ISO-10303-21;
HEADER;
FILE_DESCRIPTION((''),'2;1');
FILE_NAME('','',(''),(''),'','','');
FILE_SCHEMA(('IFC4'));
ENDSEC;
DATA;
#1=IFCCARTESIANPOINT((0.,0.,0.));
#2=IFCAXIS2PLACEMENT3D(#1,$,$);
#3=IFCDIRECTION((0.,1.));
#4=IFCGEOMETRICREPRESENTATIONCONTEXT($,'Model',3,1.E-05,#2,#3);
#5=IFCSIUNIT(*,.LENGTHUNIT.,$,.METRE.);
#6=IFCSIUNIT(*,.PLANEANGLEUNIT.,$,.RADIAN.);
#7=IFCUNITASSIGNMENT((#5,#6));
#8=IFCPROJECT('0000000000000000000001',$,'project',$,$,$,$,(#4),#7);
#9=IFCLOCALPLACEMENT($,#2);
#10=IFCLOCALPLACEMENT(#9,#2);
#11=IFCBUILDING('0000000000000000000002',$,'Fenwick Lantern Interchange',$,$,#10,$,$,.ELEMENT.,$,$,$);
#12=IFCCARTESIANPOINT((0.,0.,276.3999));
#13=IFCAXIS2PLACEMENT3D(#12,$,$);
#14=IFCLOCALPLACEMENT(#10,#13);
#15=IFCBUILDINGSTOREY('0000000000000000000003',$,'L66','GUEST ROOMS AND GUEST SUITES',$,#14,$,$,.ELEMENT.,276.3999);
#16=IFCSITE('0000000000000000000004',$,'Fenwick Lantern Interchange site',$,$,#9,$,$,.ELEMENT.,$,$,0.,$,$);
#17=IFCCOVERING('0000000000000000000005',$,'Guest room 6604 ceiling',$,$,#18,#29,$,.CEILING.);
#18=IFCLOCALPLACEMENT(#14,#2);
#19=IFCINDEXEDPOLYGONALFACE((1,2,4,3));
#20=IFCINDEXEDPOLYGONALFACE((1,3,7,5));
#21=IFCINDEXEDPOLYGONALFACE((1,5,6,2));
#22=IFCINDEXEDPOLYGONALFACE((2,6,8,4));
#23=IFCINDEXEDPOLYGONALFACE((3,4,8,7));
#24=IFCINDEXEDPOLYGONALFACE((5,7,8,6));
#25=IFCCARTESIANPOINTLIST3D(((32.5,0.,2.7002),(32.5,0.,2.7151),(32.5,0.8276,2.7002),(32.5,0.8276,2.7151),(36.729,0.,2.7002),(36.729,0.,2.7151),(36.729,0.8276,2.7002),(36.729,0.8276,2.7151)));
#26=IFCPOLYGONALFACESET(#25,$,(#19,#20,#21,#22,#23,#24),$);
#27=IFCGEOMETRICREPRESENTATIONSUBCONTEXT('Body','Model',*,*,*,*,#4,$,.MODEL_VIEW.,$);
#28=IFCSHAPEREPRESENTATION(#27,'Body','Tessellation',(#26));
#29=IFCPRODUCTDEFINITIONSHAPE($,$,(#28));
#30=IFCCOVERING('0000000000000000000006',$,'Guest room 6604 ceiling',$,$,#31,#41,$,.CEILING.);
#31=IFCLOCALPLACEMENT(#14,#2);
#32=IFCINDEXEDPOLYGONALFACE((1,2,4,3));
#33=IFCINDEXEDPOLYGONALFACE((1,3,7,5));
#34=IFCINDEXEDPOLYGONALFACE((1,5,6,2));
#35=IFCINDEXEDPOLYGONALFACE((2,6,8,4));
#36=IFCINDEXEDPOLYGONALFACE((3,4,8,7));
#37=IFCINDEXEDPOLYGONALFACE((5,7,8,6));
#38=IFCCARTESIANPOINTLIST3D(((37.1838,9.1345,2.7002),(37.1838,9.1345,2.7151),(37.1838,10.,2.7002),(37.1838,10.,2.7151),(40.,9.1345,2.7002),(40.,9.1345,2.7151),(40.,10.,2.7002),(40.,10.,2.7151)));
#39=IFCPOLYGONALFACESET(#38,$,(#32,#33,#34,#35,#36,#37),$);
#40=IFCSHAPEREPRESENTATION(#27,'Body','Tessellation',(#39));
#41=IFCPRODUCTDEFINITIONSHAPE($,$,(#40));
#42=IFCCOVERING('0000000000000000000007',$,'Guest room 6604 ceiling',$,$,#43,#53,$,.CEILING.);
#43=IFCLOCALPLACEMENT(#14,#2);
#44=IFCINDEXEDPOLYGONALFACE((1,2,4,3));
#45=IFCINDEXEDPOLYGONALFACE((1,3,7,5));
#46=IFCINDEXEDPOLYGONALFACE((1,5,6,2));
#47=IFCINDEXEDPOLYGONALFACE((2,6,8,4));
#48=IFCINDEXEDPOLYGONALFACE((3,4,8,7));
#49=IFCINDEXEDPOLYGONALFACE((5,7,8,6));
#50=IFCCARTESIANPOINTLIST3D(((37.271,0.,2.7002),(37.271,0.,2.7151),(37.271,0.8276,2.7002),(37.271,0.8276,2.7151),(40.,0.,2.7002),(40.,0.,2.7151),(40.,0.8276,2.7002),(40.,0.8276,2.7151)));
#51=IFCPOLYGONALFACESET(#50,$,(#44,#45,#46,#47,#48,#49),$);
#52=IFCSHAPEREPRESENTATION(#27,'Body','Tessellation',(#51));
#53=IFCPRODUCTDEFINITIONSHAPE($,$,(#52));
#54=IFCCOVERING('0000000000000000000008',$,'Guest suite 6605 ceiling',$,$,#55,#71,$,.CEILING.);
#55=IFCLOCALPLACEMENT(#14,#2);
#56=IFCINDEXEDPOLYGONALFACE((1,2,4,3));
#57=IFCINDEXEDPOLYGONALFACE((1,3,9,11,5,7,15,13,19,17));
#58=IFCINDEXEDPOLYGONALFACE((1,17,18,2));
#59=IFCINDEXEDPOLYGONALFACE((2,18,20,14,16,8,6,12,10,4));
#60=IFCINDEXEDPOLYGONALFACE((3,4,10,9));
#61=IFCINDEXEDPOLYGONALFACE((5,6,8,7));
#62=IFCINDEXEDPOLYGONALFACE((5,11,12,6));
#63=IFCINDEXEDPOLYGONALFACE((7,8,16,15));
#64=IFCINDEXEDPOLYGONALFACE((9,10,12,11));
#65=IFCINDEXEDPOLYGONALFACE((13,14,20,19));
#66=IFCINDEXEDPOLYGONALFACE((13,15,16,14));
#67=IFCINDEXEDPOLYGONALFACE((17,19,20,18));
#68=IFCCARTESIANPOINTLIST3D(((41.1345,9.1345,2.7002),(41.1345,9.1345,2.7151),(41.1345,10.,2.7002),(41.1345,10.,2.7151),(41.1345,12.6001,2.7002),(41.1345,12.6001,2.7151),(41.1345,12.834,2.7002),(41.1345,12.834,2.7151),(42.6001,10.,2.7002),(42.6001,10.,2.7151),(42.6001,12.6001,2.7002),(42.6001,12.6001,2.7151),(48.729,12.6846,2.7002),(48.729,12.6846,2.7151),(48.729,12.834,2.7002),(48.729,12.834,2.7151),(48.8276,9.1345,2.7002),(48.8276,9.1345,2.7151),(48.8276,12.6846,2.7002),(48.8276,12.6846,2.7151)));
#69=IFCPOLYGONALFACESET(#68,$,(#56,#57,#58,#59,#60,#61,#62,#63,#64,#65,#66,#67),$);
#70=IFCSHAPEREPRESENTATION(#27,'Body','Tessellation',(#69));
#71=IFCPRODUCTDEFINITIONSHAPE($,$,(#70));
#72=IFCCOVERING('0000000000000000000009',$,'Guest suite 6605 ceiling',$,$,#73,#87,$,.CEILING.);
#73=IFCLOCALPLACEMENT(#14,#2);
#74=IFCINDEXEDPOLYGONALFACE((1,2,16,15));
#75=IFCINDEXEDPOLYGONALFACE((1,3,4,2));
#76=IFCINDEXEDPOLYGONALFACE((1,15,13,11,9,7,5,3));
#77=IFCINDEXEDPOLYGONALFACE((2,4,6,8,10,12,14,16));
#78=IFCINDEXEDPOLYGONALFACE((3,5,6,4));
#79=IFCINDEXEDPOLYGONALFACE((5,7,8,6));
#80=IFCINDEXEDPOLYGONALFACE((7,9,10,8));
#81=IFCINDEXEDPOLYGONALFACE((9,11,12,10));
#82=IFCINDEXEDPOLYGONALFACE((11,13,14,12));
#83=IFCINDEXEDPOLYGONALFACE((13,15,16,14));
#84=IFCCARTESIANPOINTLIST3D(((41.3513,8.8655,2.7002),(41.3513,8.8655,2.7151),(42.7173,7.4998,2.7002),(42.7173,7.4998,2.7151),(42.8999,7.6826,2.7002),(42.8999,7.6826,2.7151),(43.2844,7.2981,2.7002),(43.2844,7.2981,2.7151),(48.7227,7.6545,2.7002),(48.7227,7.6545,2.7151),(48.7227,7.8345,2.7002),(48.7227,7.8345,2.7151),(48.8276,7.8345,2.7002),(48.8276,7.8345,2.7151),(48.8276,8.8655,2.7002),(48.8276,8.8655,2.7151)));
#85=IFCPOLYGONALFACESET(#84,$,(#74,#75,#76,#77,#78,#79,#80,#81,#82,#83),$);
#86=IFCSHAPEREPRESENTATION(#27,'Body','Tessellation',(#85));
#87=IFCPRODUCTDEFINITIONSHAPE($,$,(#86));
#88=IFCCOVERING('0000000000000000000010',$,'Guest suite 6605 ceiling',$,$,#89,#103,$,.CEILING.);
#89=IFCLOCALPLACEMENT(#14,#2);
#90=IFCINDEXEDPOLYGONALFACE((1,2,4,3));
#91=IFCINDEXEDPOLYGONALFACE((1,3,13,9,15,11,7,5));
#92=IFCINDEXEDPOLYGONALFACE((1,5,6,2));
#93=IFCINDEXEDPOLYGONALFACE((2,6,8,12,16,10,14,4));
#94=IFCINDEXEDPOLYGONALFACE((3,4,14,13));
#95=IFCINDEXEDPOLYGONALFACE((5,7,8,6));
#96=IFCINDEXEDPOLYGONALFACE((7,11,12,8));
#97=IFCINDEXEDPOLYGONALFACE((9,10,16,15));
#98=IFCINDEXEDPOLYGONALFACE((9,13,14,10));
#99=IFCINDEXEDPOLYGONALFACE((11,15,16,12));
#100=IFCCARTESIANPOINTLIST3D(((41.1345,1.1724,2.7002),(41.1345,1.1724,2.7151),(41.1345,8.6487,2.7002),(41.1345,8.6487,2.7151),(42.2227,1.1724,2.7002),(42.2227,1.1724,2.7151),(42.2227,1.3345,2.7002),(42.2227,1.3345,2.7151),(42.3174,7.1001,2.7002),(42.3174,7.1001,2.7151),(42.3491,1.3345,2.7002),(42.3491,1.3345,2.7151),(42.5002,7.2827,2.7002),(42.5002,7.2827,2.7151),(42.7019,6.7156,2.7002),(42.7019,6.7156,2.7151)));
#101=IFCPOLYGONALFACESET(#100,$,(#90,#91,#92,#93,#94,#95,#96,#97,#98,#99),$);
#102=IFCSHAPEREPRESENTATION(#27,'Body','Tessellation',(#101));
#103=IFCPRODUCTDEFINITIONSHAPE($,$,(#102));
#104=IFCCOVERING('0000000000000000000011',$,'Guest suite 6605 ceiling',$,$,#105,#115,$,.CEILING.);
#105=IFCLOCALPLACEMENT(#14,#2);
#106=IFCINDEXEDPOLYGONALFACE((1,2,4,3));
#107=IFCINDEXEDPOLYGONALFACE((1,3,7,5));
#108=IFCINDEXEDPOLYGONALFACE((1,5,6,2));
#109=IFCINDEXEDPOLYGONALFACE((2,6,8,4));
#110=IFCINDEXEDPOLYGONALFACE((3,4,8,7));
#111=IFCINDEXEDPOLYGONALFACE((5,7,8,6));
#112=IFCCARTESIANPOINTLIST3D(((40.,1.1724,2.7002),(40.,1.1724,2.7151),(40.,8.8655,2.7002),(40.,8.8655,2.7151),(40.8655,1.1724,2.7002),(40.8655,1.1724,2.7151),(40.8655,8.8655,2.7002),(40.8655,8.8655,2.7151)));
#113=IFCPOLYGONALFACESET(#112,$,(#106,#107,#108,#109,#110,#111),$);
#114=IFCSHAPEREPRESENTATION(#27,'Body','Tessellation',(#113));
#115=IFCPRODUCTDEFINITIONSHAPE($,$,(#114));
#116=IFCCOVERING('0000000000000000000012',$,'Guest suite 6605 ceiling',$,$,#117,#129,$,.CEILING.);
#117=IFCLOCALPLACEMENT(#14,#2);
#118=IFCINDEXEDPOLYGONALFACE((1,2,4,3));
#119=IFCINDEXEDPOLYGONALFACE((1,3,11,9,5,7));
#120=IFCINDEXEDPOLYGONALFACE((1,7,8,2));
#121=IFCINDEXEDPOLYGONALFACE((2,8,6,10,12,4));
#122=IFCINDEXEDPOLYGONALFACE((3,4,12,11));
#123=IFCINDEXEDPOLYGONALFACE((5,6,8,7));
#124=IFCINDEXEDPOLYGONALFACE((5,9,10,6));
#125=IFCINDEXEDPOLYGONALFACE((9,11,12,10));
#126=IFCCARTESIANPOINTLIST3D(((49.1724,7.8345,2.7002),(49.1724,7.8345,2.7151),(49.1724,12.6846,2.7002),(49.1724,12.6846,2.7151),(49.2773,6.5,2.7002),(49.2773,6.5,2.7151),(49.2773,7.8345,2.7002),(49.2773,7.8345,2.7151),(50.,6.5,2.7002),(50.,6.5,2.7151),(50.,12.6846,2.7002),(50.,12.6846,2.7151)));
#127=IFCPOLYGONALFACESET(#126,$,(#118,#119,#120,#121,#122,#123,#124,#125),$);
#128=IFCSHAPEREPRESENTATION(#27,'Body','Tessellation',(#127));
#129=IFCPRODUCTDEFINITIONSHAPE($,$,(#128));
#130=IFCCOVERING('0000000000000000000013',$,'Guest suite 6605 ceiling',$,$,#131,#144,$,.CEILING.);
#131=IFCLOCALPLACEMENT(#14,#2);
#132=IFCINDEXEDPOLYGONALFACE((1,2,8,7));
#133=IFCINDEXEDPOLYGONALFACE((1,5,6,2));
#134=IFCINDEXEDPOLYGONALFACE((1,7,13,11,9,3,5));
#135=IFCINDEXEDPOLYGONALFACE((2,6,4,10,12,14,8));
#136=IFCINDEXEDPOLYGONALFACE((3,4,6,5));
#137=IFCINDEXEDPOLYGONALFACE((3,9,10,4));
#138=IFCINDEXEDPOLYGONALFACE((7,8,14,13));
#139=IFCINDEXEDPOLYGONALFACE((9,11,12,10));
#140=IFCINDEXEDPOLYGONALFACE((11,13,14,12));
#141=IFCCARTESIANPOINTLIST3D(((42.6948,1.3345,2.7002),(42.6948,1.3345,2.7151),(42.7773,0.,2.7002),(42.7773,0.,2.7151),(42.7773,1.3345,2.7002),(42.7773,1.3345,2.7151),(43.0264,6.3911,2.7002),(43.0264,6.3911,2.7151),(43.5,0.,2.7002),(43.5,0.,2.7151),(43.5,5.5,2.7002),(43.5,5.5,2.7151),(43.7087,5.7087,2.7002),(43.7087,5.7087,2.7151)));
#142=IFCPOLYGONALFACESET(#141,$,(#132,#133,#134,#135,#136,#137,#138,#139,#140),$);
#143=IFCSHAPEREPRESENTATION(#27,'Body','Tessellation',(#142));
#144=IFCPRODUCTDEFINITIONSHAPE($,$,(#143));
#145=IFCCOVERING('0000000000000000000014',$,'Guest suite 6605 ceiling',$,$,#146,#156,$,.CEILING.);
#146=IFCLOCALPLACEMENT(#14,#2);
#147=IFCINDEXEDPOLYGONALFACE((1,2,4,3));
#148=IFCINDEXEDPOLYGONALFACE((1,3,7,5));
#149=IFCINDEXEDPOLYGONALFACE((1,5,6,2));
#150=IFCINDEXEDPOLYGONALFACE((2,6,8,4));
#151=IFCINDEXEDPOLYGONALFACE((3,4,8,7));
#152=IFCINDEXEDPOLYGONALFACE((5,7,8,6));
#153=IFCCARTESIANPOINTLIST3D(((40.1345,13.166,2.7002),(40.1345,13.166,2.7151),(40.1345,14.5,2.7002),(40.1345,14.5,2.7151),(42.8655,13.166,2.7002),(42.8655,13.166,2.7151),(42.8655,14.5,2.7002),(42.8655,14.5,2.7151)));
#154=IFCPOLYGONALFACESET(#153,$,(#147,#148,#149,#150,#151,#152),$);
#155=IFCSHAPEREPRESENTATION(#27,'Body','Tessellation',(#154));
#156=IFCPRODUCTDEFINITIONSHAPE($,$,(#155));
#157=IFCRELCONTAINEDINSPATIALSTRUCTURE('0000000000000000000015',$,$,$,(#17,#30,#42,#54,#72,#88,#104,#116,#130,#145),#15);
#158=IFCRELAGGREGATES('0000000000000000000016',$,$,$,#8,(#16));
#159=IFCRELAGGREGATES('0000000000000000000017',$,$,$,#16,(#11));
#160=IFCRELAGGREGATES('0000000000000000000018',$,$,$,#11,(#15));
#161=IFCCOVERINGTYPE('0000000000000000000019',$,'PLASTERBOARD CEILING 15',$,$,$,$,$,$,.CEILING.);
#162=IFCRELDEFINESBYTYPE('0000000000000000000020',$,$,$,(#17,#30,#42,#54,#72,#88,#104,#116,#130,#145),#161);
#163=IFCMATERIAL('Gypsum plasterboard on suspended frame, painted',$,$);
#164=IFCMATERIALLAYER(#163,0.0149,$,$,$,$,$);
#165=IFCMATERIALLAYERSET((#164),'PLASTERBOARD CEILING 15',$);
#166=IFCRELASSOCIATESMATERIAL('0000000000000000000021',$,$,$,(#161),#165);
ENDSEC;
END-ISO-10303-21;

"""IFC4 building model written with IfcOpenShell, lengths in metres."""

from ifc_helpers import new_model, si_unit, direction, frame, origin, place, context, subcontext, project, spatial, polyline, outline, extrude, material, layer, layer_set, type_object, element, save


model = new_model("IFC4")

# Units and contexts
model_context = context("Model", 3, precision=1e-05, world=origin(), true_north=direction((0.0, 1.0)))
body_context = subcontext(model_context, "Body", "Model", "MODEL_VIEW")
ifc_project = project(units=[si_unit("LENGTHUNIT", "METRE"), si_unit("PLANEANGLEUNIT", "RADIAN")], contexts=[model_context])

# Site, building, storey
site_placement = place(None, origin())
site = spatial("IfcSite", under=ifc_project, at=site_placement, Name="Fenwick Lantern Interchange site", CompositionType="ELEMENT", RefElevation=0.0)
building_placement = place(site_placement, origin())
building = spatial("IfcBuilding", under=site, at=building_placement, Name="Fenwick Lantern Interchange", CompositionType="ELEMENT")
storey_placement = place(building_placement, frame((0.0, 0.0, 276.3999)))
storey = spatial("IfcBuildingStorey", under=building, at=storey_placement, Name="L66", Description="GUEST ROOMS AND GUEST SUITES", CompositionType="ELEMENT", Elevation=276.3999)

# Coverings
ifc_material = material(Name="Gypsum plasterboard on suspended frame, painted")
ifc_layer = layer(ifc_material, 0.0149)
ifc_layer_set = layer_set([ifc_layer], Name="PLASTERBOARD CEILING 15")
covering_type = type_object("IfcCoveringType", Name="PLASTERBOARD CEILING 15", PredefinedType="CEILING", material=ifc_layer_set)
covering_1_placement = place(storey_placement, frame((0.0, 0.0, 2.7002)))
element("IfcCovering", 1, at=covering_1_placement, inside=storey, type_object=covering_type, Name="Guest room 6604 ceiling", PredefinedType="CEILING", context=body_context, shape_type="SweptSolid", body=[
    extrude(outline(polyline([(36.729, 0.0), (36.729, 0.8276), (32.5, 0.8276), (32.5, 0.0), (36.729, 0.0)])), origin(), (0.0, 0.0, 1.0), 0.0149),
])
covering_2_placement = place(storey_placement, frame((0.0, 0.0, 2.7002)))
element("IfcCovering", 2, at=covering_2_placement, inside=storey, type_object=covering_type, Name="Guest room 6604 ceiling", PredefinedType="CEILING", context=body_context, shape_type="SweptSolid", body=[
    extrude(outline(polyline([(40.0, 10.0), (37.1838, 10.0), (37.1838, 9.1345), (40.0, 9.1345), (40.0, 10.0)])), origin(), (0.0, 0.0, 1.0), 0.0149),
])
covering_3_placement = place(storey_placement, frame((0.0, 0.0, 2.7002)))
element("IfcCovering", 3, at=covering_3_placement, inside=storey, type_object=covering_type, Name="Guest room 6604 ceiling", PredefinedType="CEILING", context=body_context, shape_type="SweptSolid", body=[
    extrude(outline(polyline([(37.271, 0.0), (40.0, 0.0), (40.0, 0.8276), (37.271, 0.8276), (37.271, 0.0)])), origin(), (0.0, 0.0, 1.0), 0.0149),
])
covering_4_placement = place(storey_placement, frame((0.0, 0.0, 2.7002)))
element("IfcCovering", 4, at=covering_4_placement, inside=storey, type_object=covering_type, Name="Guest suite 6605 ceiling", PredefinedType="CEILING", context=body_context, shape_type="SweptSolid", body=[
    extrude(outline(polyline([(42.6001, 10.0), (41.1345, 10.0), (41.1345, 9.1345), (48.8276, 9.1345), (48.8276, 12.6846), (48.729, 12.6846), (48.729, 12.834), (41.1345, 12.834), (41.1345, 12.6001), (42.6001, 12.6001), (42.6001, 10.0)])), origin(), (0.0, 0.0, 1.0), 0.0149),
])
covering_5_placement = place(storey_placement, frame((0.0, 0.0, 2.7002)))
element("IfcCovering", 5, at=covering_5_placement, inside=storey, type_object=covering_type, Name="Guest suite 6605 ceiling", PredefinedType="CEILING", context=body_context, shape_type="SweptSolid", body=[
    extrude(outline(polyline([(48.7227, 7.8345), (48.8276, 7.8345), (48.8276, 8.8655), (41.3513, 8.8655), (42.7173, 7.4998), (42.8999, 7.6826), (43.2844, 7.2981), (48.7227, 7.6545), (48.7227, 7.8345)])), origin(), (0.0, 0.0, 1.0), 0.0149),
])
covering_6_placement = place(storey_placement, frame((0.0, 0.0, 2.7002)))
element("IfcCovering", 6, at=covering_6_placement, inside=storey, type_object=covering_type, Name="Guest suite 6605 ceiling", PredefinedType="CEILING", context=body_context, shape_type="SweptSolid", body=[
    extrude(outline(polyline([(42.2227, 1.3345), (42.3491, 1.3345), (42.7019, 6.7156), (42.3174, 7.1001), (42.5002, 7.2827), (41.1345, 8.6487), (41.1345, 1.1724), (42.2227, 1.1724), (42.2227, 1.3345)])), origin(), (0.0, 0.0, 1.0), 0.0149),
])
covering_7_placement = place(storey_placement, frame((0.0, 0.0, 2.7002)))
element("IfcCovering", 7, at=covering_7_placement, inside=storey, type_object=covering_type, Name="Guest suite 6605 ceiling", PredefinedType="CEILING", context=body_context, shape_type="SweptSolid", body=[
    extrude(outline(polyline([(40.0, 8.8655), (40.0, 1.1724), (40.8655, 1.1724), (40.8655, 8.8655), (40.0, 8.8655)])), origin(), (0.0, 0.0, 1.0), 0.0149),
])
covering_8_placement = place(storey_placement, frame((0.0, 0.0, 2.7002)))
element("IfcCovering", 8, at=covering_8_placement, inside=storey, type_object=covering_type, Name="Guest suite 6605 ceiling", PredefinedType="CEILING", context=body_context, shape_type="SweptSolid", body=[
    extrude(outline(polyline([(50.0, 12.6846), (49.1724, 12.6846), (49.1724, 7.8345), (49.2773, 7.8345), (49.2773, 6.5), (50.0, 6.5), (50.0, 12.6846)])), origin(), (0.0, 0.0, 1.0), 0.0149),
])
covering_9_placement = place(storey_placement, frame((0.0, 0.0, 2.7002)))
element("IfcCovering", 9, at=covering_9_placement, inside=storey, type_object=covering_type, Name="Guest suite 6605 ceiling", PredefinedType="CEILING", context=body_context, shape_type="SweptSolid", body=[
    extrude(outline(polyline([(42.6948, 1.3345), (42.7773, 1.3345), (42.7773, 0.0), (43.5, 0.0), (43.5, 5.5), (43.7087, 5.7087), (43.0264, 6.3911), (42.6948, 1.3345)])), origin(), (0.0, 0.0, 1.0), 0.0149),
])
covering_10_placement = place(storey_placement, frame((0.0, 0.0, 2.7002)))
element("IfcCovering", 10, at=covering_10_placement, inside=storey, type_object=covering_type, Name="Guest suite 6605 ceiling", PredefinedType="CEILING", context=body_context, shape_type="SweptSolid", body=[
    extrude(outline(polyline([(42.8655, 14.5), (40.1345, 14.5), (40.1345, 13.166), (42.8655, 13.166), (42.8655, 14.5)])), origin(), (0.0, 0.0, 1.0), 0.0149),
])

save(model, "model.ifc")
